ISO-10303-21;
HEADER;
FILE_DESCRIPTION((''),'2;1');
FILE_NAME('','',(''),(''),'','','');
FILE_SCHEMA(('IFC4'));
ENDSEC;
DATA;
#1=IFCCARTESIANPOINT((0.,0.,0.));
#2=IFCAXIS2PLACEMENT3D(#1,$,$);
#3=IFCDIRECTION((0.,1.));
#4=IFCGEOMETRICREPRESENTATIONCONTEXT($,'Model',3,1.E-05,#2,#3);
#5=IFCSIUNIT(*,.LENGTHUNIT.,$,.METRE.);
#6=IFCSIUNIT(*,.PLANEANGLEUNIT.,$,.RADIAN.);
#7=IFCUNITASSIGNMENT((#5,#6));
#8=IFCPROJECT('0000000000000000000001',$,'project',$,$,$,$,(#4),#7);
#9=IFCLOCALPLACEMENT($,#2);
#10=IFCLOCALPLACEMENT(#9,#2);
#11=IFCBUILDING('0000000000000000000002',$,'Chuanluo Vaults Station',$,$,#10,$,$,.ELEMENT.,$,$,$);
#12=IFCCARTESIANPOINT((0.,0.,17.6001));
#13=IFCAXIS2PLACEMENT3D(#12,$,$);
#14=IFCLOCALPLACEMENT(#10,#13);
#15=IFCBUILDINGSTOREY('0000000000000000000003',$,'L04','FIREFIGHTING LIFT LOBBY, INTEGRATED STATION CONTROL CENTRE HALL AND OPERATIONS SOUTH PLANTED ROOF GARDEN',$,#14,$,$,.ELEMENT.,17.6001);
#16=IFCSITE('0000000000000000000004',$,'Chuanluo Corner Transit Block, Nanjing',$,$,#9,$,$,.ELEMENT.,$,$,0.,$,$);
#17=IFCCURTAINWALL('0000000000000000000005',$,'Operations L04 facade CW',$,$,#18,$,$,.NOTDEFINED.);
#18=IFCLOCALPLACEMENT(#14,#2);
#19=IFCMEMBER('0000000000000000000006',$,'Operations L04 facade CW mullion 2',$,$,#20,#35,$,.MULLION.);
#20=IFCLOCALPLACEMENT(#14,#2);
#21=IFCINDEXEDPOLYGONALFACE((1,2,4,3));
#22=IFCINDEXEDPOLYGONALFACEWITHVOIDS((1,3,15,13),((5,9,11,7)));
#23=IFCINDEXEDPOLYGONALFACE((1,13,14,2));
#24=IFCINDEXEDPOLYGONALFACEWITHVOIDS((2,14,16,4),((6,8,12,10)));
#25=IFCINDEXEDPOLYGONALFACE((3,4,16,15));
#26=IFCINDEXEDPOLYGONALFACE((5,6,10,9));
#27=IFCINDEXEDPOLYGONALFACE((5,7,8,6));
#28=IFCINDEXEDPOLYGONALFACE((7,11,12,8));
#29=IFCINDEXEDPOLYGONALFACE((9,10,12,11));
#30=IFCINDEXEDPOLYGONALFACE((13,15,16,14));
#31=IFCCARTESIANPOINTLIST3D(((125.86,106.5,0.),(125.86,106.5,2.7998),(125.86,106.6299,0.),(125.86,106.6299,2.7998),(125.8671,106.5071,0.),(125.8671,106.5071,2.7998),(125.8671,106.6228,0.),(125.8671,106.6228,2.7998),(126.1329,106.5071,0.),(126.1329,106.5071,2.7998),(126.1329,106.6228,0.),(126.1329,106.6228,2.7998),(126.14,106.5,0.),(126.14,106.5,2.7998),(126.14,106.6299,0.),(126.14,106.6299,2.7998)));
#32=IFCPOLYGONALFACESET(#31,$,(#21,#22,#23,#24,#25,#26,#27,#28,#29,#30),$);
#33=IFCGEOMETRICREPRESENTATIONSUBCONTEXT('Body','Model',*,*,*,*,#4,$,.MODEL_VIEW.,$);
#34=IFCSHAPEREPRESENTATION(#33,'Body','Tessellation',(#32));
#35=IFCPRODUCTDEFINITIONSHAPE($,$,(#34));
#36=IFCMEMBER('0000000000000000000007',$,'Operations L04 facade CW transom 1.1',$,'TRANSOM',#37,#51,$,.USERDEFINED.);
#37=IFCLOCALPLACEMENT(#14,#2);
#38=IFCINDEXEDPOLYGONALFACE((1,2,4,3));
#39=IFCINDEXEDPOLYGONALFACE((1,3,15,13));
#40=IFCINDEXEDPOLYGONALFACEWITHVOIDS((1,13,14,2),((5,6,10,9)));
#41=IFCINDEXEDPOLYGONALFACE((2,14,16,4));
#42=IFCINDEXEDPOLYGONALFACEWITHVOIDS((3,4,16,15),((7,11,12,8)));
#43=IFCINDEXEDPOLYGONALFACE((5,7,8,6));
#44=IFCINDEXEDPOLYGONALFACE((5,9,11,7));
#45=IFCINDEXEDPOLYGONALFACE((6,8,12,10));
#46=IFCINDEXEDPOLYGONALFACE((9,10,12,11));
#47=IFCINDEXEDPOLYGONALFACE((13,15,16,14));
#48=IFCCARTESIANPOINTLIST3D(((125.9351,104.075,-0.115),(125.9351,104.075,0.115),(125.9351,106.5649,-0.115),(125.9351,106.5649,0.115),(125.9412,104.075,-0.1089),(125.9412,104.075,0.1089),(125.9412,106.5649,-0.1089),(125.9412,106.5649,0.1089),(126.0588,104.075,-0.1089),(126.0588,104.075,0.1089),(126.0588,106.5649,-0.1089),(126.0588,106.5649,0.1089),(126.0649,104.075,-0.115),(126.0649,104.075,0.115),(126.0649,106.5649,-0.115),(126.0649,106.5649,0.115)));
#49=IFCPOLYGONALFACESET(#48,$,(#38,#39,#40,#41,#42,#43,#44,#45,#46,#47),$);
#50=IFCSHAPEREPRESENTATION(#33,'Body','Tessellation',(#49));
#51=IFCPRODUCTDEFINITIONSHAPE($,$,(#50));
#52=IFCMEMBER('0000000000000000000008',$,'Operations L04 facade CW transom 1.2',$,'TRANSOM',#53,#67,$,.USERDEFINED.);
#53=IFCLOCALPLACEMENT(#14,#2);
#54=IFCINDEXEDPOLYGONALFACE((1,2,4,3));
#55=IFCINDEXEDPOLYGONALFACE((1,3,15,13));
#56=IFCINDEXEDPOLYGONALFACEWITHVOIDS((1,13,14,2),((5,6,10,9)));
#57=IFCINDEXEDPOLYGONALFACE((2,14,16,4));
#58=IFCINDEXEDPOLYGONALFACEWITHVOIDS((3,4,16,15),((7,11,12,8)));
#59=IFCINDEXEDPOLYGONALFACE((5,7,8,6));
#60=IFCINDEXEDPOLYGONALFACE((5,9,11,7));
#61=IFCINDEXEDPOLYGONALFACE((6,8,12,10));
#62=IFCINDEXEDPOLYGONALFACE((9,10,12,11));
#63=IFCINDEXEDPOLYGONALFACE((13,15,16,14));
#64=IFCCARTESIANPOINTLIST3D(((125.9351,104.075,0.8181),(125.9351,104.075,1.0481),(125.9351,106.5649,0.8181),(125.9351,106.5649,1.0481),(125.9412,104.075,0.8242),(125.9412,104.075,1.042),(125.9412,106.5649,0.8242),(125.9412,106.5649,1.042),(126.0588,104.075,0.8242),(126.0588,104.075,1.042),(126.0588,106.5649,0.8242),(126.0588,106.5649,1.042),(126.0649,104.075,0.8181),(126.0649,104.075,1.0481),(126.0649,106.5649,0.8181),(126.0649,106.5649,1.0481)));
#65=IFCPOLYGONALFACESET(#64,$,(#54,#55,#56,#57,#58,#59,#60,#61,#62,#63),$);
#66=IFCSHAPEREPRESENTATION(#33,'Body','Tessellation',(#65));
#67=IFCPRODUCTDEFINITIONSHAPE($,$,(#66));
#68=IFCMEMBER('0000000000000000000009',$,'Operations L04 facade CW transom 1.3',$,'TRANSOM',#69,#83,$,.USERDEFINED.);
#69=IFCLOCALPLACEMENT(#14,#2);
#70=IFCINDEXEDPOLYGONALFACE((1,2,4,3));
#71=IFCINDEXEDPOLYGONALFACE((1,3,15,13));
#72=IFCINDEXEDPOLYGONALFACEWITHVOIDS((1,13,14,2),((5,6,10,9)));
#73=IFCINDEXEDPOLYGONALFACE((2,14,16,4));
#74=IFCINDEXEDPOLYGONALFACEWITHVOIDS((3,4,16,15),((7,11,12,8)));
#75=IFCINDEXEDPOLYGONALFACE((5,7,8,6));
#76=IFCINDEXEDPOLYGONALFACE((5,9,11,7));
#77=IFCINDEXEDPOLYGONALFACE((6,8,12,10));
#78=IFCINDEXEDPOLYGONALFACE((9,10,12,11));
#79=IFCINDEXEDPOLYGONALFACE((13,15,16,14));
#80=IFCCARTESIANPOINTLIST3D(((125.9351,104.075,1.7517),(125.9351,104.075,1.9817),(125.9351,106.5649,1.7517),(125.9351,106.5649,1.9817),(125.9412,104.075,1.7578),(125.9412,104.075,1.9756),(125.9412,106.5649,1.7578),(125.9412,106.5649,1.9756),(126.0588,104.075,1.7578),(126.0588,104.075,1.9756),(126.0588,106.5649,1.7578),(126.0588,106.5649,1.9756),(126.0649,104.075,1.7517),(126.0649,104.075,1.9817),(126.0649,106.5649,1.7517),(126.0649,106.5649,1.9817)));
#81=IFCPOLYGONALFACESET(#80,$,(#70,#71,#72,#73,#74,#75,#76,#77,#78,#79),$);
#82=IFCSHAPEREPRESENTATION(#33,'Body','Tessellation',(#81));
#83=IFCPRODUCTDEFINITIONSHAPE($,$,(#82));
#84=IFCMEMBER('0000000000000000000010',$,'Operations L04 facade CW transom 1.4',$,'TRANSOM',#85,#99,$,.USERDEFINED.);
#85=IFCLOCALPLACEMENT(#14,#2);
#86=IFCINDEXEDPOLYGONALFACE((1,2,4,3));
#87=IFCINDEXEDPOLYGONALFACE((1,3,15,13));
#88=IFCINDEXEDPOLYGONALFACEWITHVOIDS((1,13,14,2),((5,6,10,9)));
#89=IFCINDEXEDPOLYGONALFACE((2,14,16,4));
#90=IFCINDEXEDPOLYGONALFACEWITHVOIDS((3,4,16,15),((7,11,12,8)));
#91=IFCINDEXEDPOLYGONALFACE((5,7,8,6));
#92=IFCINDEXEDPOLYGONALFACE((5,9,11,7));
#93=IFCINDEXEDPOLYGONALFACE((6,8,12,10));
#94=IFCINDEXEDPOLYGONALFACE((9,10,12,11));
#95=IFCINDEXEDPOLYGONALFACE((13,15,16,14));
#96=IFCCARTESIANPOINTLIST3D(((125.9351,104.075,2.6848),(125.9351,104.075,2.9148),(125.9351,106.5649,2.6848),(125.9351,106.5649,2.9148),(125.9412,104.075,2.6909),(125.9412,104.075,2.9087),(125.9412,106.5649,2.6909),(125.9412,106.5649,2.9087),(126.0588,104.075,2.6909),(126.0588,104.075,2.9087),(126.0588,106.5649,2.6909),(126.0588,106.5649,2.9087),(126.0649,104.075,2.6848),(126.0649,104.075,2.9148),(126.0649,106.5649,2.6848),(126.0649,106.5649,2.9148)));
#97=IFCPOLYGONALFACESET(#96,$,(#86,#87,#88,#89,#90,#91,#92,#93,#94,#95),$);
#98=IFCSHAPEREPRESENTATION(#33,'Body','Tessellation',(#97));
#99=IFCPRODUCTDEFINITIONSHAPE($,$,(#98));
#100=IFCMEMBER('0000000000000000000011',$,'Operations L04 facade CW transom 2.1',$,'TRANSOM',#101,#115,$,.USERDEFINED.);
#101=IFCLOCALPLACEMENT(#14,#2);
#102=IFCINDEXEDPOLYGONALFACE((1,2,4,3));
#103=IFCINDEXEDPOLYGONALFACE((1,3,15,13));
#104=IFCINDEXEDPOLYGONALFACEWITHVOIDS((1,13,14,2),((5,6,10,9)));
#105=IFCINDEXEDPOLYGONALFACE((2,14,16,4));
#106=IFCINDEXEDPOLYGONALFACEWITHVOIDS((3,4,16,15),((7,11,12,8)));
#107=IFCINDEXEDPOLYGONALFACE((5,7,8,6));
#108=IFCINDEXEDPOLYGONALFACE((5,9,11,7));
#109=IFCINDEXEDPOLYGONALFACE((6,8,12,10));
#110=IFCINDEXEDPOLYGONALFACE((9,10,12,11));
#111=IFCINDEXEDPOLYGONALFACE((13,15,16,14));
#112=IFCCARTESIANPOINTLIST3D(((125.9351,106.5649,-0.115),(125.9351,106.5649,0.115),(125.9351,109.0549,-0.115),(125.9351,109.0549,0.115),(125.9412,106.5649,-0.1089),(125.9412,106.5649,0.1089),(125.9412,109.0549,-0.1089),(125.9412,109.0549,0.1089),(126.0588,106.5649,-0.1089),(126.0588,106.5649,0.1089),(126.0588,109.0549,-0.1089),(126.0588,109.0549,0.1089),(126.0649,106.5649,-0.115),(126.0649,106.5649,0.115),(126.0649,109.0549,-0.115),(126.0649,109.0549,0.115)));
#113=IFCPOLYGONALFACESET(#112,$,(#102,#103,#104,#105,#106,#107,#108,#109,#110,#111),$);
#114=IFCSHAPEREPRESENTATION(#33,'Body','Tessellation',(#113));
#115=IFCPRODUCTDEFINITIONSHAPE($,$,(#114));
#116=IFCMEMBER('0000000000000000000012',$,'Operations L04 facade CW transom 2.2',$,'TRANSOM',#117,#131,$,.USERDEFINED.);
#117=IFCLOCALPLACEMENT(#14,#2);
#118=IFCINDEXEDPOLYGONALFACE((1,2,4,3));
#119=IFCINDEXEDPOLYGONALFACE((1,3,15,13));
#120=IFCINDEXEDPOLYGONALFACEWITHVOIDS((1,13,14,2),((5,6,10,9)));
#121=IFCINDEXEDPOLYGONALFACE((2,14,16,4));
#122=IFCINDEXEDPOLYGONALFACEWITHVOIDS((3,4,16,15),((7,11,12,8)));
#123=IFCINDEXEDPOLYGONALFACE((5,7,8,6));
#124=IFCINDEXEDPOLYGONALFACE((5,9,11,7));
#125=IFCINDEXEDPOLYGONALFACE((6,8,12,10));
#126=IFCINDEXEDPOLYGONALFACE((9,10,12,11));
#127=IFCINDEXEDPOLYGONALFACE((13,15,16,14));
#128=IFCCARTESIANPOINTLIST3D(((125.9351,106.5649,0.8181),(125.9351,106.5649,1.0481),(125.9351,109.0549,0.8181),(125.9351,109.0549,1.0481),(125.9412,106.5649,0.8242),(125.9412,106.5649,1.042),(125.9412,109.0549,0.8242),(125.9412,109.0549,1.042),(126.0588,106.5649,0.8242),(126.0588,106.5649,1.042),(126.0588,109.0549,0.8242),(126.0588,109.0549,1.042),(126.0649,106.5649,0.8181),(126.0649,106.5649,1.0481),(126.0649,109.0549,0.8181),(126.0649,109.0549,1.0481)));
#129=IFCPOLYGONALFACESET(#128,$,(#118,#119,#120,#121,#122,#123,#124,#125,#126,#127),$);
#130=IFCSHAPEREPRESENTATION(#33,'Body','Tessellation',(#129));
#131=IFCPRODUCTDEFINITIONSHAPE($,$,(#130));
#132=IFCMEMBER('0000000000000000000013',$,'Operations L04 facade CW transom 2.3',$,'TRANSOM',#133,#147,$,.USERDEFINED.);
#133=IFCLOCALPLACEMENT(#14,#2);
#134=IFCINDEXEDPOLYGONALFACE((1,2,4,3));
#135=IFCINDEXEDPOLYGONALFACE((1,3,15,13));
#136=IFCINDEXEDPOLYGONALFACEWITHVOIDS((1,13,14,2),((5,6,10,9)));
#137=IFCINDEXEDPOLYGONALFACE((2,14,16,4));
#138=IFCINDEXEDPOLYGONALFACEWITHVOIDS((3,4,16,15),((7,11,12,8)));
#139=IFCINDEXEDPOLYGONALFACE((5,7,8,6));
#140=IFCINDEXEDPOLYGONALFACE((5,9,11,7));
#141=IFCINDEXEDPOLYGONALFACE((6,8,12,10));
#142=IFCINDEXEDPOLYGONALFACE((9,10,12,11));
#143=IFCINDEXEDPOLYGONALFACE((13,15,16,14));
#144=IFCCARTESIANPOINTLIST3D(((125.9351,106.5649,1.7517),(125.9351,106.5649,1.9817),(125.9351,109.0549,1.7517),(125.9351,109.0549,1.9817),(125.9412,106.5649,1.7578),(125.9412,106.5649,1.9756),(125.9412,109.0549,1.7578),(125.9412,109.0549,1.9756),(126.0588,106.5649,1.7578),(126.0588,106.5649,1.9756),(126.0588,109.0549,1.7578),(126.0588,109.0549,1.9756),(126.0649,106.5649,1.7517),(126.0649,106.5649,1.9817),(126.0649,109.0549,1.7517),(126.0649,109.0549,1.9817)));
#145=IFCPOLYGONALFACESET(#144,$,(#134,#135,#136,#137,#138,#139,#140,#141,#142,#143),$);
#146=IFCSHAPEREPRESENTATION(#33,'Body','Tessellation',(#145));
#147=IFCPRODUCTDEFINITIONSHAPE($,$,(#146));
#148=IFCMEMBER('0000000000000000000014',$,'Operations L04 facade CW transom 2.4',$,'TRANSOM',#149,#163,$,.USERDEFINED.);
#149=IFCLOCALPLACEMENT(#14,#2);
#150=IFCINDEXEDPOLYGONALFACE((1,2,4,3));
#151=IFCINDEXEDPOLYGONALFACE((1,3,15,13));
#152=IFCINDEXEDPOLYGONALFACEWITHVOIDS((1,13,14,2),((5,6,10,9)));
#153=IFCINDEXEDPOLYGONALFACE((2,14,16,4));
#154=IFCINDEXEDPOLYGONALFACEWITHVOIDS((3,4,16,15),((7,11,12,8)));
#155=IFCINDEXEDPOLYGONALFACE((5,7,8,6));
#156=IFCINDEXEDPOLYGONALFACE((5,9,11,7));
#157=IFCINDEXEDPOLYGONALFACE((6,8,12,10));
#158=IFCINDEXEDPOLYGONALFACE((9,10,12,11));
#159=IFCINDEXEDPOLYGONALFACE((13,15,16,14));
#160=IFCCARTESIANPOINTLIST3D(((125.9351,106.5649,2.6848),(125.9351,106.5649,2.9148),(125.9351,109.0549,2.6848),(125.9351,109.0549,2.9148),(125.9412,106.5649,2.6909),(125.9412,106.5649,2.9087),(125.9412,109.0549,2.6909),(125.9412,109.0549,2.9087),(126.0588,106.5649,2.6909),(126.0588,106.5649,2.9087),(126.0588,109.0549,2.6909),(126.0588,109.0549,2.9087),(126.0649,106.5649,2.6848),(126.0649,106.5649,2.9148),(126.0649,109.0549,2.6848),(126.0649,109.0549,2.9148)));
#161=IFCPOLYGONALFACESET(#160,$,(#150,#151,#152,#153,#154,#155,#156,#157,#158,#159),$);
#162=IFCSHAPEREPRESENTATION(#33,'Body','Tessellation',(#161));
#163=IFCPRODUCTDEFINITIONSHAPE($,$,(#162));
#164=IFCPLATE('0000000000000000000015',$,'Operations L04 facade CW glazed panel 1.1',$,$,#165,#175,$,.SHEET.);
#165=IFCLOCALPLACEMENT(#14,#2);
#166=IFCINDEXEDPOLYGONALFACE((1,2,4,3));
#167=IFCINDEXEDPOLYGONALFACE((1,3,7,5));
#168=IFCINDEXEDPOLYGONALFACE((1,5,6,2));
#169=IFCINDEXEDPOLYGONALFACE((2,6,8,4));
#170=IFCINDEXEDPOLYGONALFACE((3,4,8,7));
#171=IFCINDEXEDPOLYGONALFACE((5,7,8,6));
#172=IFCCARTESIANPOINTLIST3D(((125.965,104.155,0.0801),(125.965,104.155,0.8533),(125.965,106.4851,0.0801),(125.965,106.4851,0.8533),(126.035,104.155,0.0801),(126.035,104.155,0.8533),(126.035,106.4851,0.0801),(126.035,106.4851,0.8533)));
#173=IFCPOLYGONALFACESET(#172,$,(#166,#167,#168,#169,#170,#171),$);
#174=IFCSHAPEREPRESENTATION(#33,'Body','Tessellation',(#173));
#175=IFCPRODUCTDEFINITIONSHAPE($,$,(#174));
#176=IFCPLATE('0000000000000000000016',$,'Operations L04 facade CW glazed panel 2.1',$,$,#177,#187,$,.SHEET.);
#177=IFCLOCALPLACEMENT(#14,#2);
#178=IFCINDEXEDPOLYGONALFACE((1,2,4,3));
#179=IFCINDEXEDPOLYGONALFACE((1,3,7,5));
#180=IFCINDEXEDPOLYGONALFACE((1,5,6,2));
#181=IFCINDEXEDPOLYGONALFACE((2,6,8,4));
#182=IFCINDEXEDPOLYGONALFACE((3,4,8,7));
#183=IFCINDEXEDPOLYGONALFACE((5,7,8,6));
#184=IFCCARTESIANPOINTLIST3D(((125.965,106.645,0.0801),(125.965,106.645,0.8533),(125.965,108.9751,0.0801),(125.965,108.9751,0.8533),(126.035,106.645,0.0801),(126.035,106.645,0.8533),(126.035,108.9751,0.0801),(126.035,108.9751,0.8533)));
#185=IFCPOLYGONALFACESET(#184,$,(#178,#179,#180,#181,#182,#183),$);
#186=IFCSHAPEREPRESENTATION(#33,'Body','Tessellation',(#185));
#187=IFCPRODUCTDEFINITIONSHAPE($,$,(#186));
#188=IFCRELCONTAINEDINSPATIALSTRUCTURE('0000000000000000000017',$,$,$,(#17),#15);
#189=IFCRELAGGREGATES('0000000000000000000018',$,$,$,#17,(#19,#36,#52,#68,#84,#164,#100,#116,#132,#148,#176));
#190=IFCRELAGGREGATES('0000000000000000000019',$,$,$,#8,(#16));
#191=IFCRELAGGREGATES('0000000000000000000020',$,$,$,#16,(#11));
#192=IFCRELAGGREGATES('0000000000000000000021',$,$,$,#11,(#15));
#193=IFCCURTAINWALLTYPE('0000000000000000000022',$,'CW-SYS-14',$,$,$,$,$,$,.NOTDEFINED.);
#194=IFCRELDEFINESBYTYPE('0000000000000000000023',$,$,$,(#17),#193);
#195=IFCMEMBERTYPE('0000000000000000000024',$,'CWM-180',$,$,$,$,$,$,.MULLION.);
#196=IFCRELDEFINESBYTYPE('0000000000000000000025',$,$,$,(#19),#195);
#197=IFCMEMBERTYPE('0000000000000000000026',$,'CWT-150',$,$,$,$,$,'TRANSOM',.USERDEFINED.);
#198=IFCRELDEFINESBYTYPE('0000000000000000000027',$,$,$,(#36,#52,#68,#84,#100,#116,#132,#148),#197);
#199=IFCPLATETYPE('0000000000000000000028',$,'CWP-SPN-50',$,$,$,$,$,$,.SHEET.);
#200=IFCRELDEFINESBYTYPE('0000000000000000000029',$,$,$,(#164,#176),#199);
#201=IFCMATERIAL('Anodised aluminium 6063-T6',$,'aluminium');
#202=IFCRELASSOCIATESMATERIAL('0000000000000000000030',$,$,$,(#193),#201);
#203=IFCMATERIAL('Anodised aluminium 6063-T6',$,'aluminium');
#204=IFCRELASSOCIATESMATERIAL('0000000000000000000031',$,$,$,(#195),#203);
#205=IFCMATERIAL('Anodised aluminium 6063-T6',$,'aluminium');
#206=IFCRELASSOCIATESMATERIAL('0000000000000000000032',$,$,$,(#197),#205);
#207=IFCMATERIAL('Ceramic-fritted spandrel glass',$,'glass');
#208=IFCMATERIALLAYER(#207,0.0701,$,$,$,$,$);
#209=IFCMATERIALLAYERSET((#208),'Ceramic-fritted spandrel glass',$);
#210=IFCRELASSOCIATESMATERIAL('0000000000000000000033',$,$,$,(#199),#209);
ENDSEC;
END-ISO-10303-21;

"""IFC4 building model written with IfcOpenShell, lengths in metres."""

from ifc_helpers import new_model, si_unit, direction, frame, origin, origin_2d, place, context, subcontext, project, spatial, rectangle, hollow_rectangle, extrude, material, layer, layer_set, material_profile, profile_set, type_object, element, aggregate, save


model = new_model("IFC4")

# Units and contexts
model_context = context("Model", 3, precision=1e-05, world=origin(), true_north=direction((0.0, 1.0)))
body_context = subcontext(model_context, "Body", "Model", "MODEL_VIEW")
ifc_project = project(units=[si_unit("LENGTHUNIT", "METRE"), si_unit("PLANEANGLEUNIT", "RADIAN")], contexts=[model_context])

# Site, building, storey
site_placement = place(None, origin())
site = spatial("IfcSite", under=ifc_project, at=site_placement, Name="Chuanluo Corner Transit Block, Nanjing", CompositionType="ELEMENT", RefElevation=0.0)
building_placement = place(site_placement, origin())
building = spatial("IfcBuilding", under=site, at=building_placement, Name="Chuanluo Vaults Station", CompositionType="ELEMENT")
storey_placement = place(building_placement, frame((0.0, 0.0, 17.6001)))
storey = spatial("IfcBuildingStorey", under=building, at=storey_placement, Name="L04", Description="FIREFIGHTING LIFT LOBBY, INTEGRATED STATION CONTROL CENTRE HALL AND OPERATIONS SOUTH PLANTED ROOF GARDEN", CompositionType="ELEMENT", Elevation=17.6001)

# Curtain wall, members, plates
ifc_material_1 = material(Name="Anodised aluminium 6063-T6", Category="aluminium")
curtain_wall_type = type_object("IfcCurtainWallType", Name="CW-SYS-14", PredefinedType="NOTDEFINED", material=ifc_material_1)
curtain_wall_placement = place(storey_placement, origin())
curtain_wall = element("IfcCurtainWall", 1, at=curtain_wall_placement, inside=storey, type_object=curtain_wall_type, Name="Operations L04 facade CW", PredefinedType="NOTDEFINED")
ifc_material_2 = material(Name="Anodised aluminium 6063-T6", Category="aluminium")
ifc_material_profile_1 = material_profile(ifc_material_2, hollow_rectangle(XDim=0.1299, YDim=0.28, WallThickness=0.0071, at=origin_2d()))
ifc_profile_set_1 = profile_set([ifc_material_profile_1], Name="Anodised aluminium 6063-T6")
member_type_1 = type_object("IfcMemberType", Name="CWM-180", PredefinedType="MULLION", material=ifc_profile_set_1)
member_1_placement = place(storey_placement, frame((126.0, 106.5649, 0.0), z_axis=(0.0, 0.0, 1.0), x_axis=(0.0, 1.0, 0.0)))
member_1 = element("IfcMember", 2, at=member_1_placement, type_object=member_type_1, Name="Operations L04 facade CW mullion 2", PredefinedType="MULLION", context=body_context, shape_type="SweptSolid", body=[
    extrude(hollow_rectangle(XDim=0.1299, YDim=0.28, WallThickness=0.0071, at=origin_2d()), origin(), (0.0, 0.0, 1.0), 2.7998),
])
ifc_material_3 = material(Name="Anodised aluminium 6063-T6", Category="aluminium")
ifc_material_profile_2 = material_profile(ifc_material_3, hollow_rectangle(XDim=0.1299, YDim=0.23, WallThickness=0.0061, at=origin_2d()))
ifc_profile_set_2 = profile_set([ifc_material_profile_2], Name="Anodised aluminium 6063-T6")
member_type_2 = type_object("IfcMemberType", Name="CWT-150", ElementType="TRANSOM", PredefinedType="USERDEFINED", material=ifc_profile_set_2)
member_2_placement = place(storey_placement, frame((126.0, 104.075, 0.0), z_axis=(0.0, 1.0, 0.0), x_axis=(-1.0, 0.0, 0.0)))
member_2 = element("IfcMember", 3, at=member_2_placement, type_object=member_type_2, Name="Operations L04 facade CW transom 1.1", ObjectType="TRANSOM", PredefinedType="USERDEFINED", context=body_context, shape_type="SweptSolid", body=[
    extrude(hollow_rectangle(XDim=0.1299, YDim=0.23, WallThickness=0.0061, at=origin_2d()), origin(), (0.0, 0.0, 1.0), 2.49),
])
member_3_placement = place(storey_placement, frame((126.0, 104.075, 0.9331), z_axis=(0.0, 1.0, 0.0), x_axis=(-1.0, 0.0, 0.0)))
member_3 = element("IfcMember", 4, at=member_3_placement, type_object=member_type_2, Name="Operations L04 facade CW transom 1.2", ObjectType="TRANSOM", PredefinedType="USERDEFINED", context=body_context, shape_type="SweptSolid", body=[
    extrude(hollow_rectangle(XDim=0.1299, YDim=0.23, WallThickness=0.0061, at=origin_2d()), origin(), (0.0, 0.0, 1.0), 2.49),
])
member_4_placement = place(storey_placement, frame((126.0, 104.075, 1.8667), z_axis=(0.0, 1.0, 0.0), x_axis=(-1.0, 0.0, 0.0)))
member_4 = element("IfcMember", 5, at=member_4_placement, type_object=member_type_2, Name="Operations L04 facade CW transom 1.3", ObjectType="TRANSOM", PredefinedType="USERDEFINED", context=body_context, shape_type="SweptSolid", body=[
    extrude(hollow_rectangle(XDim=0.1299, YDim=0.23, WallThickness=0.0061, at=origin_2d()), origin(), (0.0, 0.0, 1.0), 2.49),
])
member_5_placement = place(storey_placement, frame((126.0, 104.075, 2.7998), z_axis=(0.0, 1.0, 0.0), x_axis=(-1.0, 0.0, 0.0)))
member_5 = element("IfcMember", 6, at=member_5_placement, type_object=member_type_2, Name="Operations L04 facade CW transom 1.4", ObjectType="TRANSOM", PredefinedType="USERDEFINED", context=body_context, shape_type="SweptSolid", body=[
    extrude(hollow_rectangle(XDim=0.1299, YDim=0.23, WallThickness=0.0061, at=origin_2d()), origin(), (0.0, 0.0, 1.0), 2.49),
])
member_6_placement = place(storey_placement, frame((126.0, 106.5649, 0.0), z_axis=(0.0, 1.0, 0.0), x_axis=(-1.0, 0.0, 0.0)))
member_6 = element("IfcMember", 7, at=member_6_placement, type_object=member_type_2, Name="Operations L04 facade CW transom 2.1", ObjectType="TRANSOM", PredefinedType="USERDEFINED", context=body_context, shape_type="SweptSolid", body=[
    extrude(hollow_rectangle(XDim=0.1299, YDim=0.23, WallThickness=0.0061, at=origin_2d()), origin(), (0.0, 0.0, 1.0), 2.49),
])
member_7_placement = place(storey_placement, frame((126.0, 106.5649, 0.9331), z_axis=(0.0, 1.0, 0.0), x_axis=(-1.0, 0.0, 0.0)))
member_7 = element("IfcMember", 8, at=member_7_placement, type_object=member_type_2, Name="Operations L04 facade CW transom 2.2", ObjectType="TRANSOM", PredefinedType="USERDEFINED", context=body_context, shape_type="SweptSolid", body=[
    extrude(hollow_rectangle(XDim=0.1299, YDim=0.23, WallThickness=0.0061, at=origin_2d()), origin(), (0.0, 0.0, 1.0), 2.49),
])
member_8_placement = place(storey_placement, frame((126.0, 106.5649, 1.8667), z_axis=(0.0, 1.0, 0.0), x_axis=(-1.0, 0.0, 0.0)))
member_8 = element("IfcMember", 9, at=member_8_placement, type_object=member_type_2, Name="Operations L04 facade CW transom 2.3", ObjectType="TRANSOM", PredefinedType="USERDEFINED", context=body_context, shape_type="SweptSolid", body=[
    extrude(hollow_rectangle(XDim=0.1299, YDim=0.23, WallThickness=0.0061, at=origin_2d()), origin(), (0.0, 0.0, 1.0), 2.49),
])
member_9_placement = place(storey_placement, frame((126.0, 106.5649, 2.7998), z_axis=(0.0, 1.0, 0.0), x_axis=(-1.0, 0.0, 0.0)))
member_9 = element("IfcMember", 10, at=member_9_placement, type_object=member_type_2, Name="Operations L04 facade CW transom 2.4", ObjectType="TRANSOM", PredefinedType="USERDEFINED", context=body_context, shape_type="SweptSolid", body=[
    extrude(hollow_rectangle(XDim=0.1299, YDim=0.23, WallThickness=0.0061, at=origin_2d()), origin(), (0.0, 0.0, 1.0), 2.49),
])
ifc_material_4 = material(Name="Ceramic-fritted spandrel glass", Category="glass")
ifc_layer_1 = layer(ifc_material_4, 0.0701)
ifc_layer_set_1 = layer_set([ifc_layer_1], Name="Ceramic-fritted spandrel glass")
plate_type_1 = type_object("IfcPlateType", Name="CWP-SPN-50", PredefinedType="SHEET", material=ifc_layer_set_1)
plate_1_placement = place(storey_placement, frame((126.0, 105.3201, 0.0801), z_axis=(0.0, 0.0, 1.0), x_axis=(0.0, 1.0, 0.0)))
plate_1 = element("IfcPlate", 11, at=plate_1_placement, type_object=plate_type_1, Name="Operations L04 facade CW glazed panel 1.1", PredefinedType="SHEET", context=body_context, shape_type="SweptSolid", body=[
    extrude(rectangle(XDim=2.3301, YDim=0.0701, at=origin_2d()), origin(), (0.0, 0.0, 1.0), 0.7732),
])
plate_2_placement = place(storey_placement, frame((126.0, 107.8101, 0.0801), z_axis=(0.0, 0.0, 1.0), x_axis=(0.0, 1.0, 0.0)))
plate_2 = element("IfcPlate", 12, at=plate_2_placement, type_object=plate_type_1, Name="Operations L04 facade CW glazed panel 2.1", PredefinedType="SHEET", context=body_context, shape_type="SweptSolid", body=[
    extrude(rectangle(XDim=2.3301, YDim=0.0701, at=origin_2d()), origin(), (0.0, 0.0, 1.0), 0.7732),
])
aggregate(curtain_wall, [member_1, member_2, member_3, member_4, member_5, plate_1, member_6, member_7, member_8, member_9, plate_2])

save(model, "model.ifc")
